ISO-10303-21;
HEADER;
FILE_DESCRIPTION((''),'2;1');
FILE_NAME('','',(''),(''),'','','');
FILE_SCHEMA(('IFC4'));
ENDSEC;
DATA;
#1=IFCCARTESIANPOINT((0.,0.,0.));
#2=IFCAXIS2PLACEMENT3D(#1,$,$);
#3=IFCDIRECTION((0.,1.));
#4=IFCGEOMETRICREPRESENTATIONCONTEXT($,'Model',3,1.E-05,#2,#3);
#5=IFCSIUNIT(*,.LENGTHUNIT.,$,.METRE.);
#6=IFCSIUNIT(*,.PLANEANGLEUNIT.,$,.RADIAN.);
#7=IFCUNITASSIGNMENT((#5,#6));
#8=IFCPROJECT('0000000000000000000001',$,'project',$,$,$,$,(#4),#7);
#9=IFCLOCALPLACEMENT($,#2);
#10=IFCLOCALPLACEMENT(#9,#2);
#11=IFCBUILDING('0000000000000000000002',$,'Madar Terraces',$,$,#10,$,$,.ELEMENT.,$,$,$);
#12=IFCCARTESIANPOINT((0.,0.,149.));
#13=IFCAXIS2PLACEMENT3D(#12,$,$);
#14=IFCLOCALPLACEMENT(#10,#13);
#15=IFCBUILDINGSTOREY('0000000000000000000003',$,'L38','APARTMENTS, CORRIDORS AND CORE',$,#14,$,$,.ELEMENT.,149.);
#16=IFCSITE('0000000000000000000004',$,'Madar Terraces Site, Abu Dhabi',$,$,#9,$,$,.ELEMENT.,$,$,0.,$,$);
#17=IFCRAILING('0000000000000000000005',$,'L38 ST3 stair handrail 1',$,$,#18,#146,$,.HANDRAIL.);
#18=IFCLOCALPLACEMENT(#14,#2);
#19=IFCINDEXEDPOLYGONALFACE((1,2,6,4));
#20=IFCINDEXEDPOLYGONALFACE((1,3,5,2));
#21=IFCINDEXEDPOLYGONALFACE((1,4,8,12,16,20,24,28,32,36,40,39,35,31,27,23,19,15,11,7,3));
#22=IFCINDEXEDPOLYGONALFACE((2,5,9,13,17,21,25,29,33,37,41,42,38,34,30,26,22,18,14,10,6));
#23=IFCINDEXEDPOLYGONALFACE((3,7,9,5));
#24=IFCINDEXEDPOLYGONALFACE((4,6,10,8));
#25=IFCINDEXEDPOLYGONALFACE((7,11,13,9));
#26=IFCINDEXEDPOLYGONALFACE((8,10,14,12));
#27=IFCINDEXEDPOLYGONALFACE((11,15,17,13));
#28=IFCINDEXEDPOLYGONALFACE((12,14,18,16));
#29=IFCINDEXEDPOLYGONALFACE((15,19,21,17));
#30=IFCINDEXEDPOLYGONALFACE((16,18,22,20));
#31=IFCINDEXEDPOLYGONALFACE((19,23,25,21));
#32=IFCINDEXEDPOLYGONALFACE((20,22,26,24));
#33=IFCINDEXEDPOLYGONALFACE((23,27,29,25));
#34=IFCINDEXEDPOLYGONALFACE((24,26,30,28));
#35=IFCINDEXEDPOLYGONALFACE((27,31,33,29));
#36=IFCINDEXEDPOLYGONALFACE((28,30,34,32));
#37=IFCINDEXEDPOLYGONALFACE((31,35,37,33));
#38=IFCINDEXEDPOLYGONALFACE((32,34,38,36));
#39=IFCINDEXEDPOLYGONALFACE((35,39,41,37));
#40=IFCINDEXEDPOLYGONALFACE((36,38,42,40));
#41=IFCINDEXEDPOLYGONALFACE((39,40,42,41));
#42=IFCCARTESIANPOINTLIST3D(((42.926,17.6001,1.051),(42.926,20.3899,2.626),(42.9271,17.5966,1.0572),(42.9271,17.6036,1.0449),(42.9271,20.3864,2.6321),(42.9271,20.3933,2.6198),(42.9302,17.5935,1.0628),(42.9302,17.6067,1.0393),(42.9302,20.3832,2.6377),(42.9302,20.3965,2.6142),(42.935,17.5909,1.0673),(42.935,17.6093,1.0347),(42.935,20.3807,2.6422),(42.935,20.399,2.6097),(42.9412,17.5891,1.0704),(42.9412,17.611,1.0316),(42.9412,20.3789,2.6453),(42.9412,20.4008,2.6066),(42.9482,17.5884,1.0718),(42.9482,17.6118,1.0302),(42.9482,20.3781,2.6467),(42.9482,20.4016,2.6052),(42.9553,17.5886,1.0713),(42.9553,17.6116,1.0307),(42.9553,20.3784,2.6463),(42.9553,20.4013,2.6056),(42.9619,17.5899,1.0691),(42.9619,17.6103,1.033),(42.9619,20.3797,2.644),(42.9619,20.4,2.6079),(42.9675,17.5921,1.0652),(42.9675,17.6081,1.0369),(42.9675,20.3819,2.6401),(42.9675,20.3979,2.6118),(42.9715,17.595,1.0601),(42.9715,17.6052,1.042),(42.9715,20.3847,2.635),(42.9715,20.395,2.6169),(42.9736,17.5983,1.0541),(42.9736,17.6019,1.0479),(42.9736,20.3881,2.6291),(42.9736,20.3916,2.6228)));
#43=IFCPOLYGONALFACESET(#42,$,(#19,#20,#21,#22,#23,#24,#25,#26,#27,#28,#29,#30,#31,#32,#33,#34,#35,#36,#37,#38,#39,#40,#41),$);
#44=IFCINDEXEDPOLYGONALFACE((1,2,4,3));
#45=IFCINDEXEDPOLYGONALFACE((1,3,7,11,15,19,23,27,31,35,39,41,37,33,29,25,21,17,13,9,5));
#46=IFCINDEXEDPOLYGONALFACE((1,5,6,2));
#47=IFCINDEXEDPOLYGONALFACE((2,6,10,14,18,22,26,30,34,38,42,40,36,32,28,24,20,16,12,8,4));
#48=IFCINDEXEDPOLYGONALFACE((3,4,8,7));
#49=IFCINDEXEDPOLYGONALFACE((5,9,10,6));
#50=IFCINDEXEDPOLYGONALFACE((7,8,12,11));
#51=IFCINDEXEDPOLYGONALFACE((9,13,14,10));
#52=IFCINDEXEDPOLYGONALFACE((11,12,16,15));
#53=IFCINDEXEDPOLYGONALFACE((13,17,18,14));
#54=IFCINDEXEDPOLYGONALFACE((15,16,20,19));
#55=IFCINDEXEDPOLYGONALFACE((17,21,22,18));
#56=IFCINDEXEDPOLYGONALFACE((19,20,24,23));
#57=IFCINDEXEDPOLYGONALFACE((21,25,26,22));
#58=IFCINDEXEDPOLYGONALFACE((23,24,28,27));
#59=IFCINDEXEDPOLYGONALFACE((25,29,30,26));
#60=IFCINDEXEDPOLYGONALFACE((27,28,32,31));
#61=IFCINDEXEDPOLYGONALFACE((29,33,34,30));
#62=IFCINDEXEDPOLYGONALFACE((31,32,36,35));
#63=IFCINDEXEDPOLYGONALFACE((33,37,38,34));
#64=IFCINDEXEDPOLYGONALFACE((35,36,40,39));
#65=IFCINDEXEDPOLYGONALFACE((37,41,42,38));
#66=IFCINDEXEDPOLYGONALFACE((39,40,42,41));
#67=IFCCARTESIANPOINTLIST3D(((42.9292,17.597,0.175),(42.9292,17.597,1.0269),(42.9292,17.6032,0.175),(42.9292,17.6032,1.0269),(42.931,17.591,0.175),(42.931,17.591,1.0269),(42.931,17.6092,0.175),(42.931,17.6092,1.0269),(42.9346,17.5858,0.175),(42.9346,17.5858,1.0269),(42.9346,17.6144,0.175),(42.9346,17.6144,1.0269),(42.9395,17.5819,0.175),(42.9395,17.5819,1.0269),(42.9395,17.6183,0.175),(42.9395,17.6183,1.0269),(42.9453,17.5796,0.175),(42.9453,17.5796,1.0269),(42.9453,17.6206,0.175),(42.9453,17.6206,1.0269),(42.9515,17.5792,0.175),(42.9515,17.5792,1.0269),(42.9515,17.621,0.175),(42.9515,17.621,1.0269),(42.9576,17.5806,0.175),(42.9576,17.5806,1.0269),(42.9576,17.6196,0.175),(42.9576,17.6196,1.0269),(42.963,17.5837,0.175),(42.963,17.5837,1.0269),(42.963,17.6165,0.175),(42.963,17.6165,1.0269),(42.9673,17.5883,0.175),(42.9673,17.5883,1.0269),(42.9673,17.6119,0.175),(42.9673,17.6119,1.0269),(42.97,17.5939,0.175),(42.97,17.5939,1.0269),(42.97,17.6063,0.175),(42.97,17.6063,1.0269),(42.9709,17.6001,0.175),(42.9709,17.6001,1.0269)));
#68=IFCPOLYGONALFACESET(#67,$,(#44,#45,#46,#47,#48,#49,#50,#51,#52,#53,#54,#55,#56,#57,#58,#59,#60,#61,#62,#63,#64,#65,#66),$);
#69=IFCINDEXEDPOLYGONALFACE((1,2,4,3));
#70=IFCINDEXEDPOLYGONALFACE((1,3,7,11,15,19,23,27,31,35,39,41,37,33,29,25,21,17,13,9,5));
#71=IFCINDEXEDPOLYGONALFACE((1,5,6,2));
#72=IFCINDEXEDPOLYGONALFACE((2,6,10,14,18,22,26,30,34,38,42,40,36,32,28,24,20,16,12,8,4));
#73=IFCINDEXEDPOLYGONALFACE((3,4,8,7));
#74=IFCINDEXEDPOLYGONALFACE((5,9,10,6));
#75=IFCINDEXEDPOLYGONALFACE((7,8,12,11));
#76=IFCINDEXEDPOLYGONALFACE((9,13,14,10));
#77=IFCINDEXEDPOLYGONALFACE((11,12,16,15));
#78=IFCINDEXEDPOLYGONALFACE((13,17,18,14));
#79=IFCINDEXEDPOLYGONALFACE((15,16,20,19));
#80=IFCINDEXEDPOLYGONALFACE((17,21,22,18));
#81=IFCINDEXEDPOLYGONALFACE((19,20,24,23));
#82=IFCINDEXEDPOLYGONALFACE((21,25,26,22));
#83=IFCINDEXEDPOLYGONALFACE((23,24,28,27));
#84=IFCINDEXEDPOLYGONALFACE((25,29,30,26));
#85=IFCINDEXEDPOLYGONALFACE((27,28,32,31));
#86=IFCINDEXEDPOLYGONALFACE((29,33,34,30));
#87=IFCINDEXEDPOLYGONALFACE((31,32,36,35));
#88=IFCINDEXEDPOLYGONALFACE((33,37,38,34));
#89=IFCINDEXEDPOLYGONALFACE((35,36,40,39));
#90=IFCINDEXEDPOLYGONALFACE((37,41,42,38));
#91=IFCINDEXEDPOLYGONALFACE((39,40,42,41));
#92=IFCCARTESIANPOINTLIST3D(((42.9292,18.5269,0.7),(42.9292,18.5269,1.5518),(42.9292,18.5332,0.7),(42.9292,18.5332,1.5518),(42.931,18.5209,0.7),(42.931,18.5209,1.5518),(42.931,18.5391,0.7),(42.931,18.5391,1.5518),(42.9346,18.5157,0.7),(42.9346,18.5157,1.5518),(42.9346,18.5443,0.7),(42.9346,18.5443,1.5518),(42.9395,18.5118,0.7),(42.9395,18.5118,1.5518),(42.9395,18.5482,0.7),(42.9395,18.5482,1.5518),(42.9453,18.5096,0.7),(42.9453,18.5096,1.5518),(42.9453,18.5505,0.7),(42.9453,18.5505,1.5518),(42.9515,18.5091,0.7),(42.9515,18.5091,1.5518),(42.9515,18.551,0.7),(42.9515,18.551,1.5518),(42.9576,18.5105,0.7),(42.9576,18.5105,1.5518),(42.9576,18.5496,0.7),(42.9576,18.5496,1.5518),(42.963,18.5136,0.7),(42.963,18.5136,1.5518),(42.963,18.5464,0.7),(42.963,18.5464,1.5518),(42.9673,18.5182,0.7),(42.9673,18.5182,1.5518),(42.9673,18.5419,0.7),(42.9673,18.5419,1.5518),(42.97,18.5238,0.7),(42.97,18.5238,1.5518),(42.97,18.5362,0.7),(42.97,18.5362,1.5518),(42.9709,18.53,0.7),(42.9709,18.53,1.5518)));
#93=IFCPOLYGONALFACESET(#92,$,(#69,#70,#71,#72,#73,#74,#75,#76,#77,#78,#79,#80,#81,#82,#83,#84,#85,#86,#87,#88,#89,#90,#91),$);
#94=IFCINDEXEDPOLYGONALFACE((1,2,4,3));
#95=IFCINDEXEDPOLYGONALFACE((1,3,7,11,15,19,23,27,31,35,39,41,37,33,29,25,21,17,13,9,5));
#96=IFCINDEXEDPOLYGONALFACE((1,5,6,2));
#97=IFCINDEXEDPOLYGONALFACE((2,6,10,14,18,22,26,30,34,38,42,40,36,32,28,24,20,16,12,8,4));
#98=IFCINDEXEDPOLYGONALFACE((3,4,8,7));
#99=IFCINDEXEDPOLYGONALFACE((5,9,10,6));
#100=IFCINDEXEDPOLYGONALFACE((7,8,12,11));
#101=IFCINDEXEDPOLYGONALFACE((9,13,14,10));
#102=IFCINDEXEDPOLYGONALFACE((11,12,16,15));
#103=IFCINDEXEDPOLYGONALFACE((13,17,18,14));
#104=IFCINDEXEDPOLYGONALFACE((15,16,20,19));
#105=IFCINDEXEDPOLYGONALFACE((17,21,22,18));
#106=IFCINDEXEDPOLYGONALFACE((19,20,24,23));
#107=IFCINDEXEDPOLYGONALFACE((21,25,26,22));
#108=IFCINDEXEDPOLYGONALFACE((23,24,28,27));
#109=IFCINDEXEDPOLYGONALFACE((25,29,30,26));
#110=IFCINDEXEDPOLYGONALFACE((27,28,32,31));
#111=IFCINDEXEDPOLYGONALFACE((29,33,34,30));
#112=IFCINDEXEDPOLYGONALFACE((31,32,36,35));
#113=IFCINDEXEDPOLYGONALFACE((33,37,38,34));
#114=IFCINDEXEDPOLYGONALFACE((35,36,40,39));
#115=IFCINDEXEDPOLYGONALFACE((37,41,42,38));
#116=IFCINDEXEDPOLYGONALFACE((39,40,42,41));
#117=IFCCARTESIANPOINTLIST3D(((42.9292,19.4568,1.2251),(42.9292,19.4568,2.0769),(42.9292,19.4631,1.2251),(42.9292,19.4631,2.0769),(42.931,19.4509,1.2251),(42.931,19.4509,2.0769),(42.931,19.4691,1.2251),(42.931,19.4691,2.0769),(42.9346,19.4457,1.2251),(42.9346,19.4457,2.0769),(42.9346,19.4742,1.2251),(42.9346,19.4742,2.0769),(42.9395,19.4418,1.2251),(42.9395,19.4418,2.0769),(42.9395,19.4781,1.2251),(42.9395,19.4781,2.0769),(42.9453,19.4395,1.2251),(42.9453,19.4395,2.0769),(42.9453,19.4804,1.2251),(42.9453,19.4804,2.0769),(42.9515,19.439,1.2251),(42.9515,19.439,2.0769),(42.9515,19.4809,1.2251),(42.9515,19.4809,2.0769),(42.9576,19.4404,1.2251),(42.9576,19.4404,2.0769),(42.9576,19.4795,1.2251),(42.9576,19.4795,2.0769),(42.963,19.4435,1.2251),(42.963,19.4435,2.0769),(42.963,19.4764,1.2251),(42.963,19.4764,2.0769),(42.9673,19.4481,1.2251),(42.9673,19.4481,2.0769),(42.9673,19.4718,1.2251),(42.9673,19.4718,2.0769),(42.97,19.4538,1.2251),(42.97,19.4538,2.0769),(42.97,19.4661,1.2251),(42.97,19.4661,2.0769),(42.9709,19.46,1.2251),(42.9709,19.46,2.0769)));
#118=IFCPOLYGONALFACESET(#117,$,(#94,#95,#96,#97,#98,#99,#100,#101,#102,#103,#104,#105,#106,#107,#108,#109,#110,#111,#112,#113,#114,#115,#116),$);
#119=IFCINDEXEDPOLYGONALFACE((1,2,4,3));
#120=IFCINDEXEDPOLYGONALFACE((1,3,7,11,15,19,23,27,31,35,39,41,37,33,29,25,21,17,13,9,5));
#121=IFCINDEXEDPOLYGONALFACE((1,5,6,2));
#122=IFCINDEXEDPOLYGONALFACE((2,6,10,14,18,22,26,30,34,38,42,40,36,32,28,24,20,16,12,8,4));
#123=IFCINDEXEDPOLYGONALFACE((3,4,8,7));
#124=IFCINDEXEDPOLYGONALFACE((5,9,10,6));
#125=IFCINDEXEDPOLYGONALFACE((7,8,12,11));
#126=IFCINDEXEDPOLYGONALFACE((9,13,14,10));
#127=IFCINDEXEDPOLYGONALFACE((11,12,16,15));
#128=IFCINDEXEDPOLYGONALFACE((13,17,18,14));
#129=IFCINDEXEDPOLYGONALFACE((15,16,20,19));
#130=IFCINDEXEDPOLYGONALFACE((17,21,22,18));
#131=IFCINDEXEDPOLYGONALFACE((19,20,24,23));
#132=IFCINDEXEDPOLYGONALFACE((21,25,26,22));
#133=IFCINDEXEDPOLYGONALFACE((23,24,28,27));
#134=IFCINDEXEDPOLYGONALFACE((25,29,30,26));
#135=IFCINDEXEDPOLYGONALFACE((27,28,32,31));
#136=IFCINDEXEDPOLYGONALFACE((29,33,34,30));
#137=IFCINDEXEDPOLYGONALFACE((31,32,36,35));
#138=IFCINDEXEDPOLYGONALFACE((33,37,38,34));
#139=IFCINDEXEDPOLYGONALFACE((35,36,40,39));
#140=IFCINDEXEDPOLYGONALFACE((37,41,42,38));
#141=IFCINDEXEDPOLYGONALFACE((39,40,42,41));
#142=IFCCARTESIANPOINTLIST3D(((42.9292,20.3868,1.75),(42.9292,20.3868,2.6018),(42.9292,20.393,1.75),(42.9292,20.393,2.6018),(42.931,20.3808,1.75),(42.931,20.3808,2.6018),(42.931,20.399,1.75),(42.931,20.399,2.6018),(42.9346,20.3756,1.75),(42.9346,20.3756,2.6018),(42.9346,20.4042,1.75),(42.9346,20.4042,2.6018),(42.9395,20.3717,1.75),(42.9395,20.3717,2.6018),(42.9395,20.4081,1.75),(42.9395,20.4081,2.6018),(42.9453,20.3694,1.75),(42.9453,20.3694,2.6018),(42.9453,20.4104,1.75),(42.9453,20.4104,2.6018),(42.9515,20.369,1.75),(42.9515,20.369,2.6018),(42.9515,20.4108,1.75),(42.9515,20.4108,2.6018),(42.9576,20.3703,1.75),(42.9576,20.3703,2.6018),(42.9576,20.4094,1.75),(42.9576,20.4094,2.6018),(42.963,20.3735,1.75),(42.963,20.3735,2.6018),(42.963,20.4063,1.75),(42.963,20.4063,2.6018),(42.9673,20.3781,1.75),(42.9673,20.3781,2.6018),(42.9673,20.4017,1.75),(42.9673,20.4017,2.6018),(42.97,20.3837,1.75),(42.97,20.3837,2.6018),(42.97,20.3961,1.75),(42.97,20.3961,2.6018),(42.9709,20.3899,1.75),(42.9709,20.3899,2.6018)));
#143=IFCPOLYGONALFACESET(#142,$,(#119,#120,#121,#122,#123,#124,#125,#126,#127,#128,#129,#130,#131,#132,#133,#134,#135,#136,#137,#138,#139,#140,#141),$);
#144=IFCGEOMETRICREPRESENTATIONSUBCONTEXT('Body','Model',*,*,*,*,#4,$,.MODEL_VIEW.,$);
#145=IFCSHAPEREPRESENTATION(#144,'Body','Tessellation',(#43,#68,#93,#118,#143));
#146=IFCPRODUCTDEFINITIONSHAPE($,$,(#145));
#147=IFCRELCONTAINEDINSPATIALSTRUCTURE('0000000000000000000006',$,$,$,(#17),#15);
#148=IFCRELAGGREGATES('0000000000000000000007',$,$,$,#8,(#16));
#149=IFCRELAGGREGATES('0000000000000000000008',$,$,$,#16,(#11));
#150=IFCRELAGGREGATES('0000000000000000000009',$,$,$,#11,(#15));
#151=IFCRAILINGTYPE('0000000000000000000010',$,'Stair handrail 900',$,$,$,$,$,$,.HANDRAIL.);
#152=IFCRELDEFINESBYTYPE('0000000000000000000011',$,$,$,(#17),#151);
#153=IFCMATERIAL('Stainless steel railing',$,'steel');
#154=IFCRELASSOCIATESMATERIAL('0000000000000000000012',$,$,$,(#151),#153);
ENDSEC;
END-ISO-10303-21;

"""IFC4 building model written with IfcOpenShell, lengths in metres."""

from ifc_helpers import new_model, si_unit, direction, frame, origin, origin_2d, place, context, subcontext, project, spatial, circle, extrude, material, type_object, element, save


model = new_model("IFC4")

# Units and contexts
model_context = context("Model", 3, precision=1e-05, world=origin(), true_north=direction((0.0, 1.0)))
body_context = subcontext(model_context, "Body", "Model", "MODEL_VIEW")
ifc_project = project(units=[si_unit("LENGTHUNIT", "METRE"), si_unit("PLANEANGLEUNIT", "RADIAN")], contexts=[model_context])

# Site, building, storey
site_placement = place(None, origin())
site = spatial("IfcSite", under=ifc_project, at=site_placement, Name="Madar Terraces Site, Abu Dhabi", CompositionType="ELEMENT", RefElevation=0.0)
building_placement = place(site_placement, origin())
building = spatial("IfcBuilding", under=site, at=building_placement, Name="Madar Terraces", CompositionType="ELEMENT")
storey_placement = place(building_placement, frame((0.0, 0.0, 149.0)))
storey = spatial("IfcBuildingStorey", under=building, at=storey_placement, Name="L38", Description="APARTMENTS, CORRIDORS AND CORE", CompositionType="ELEMENT", Elevation=149.0)

# Railing
ifc_material_1 = material(Name="Stainless steel railing", Category="steel")
railing_type_1 = type_object("IfcRailingType", Name="Stair handrail 900", PredefinedType="HANDRAIL", material=ifc_material_1)
railing_1_placement = place(storey_placement, frame((42.95, 17.6001, 0.175)))
element("IfcRailing", 1, at=railing_1_placement, inside=storey, type_object=railing_type_1, Name="L38 ST3 stair handrail 1", PredefinedType="HANDRAIL", context=body_context, shape_type="SweptSolid", body=[
    extrude(circle(Radius=0.0239, at=origin_2d()), frame((0.0, 0.0, 0.876), z_axis=(0.0, 0.870815, 0.49161), x_axis=(-1.0, 0.0, 0.0)), (0.0, 0.0, 1.0), 3.2036),
    extrude(circle(Radius=0.021, at=origin_2d()), origin(), (0.0, 0.0, 1.0), 0.8518),
    extrude(circle(Radius=0.021, at=origin_2d()), frame((0.0, 0.9299, 0.5249)), (0.0, 0.0, 1.0), 0.8518),
    extrude(circle(Radius=0.021, at=origin_2d()), frame((0.0, 1.8599, 1.05)), (0.0, 0.0, 1.0), 0.8518),
    extrude(circle(Radius=0.021, at=origin_2d()), frame((0.0, 2.7898, 1.575)), (0.0, 0.0, 1.0), 0.8518),
])

save(model, "model.ifc")
